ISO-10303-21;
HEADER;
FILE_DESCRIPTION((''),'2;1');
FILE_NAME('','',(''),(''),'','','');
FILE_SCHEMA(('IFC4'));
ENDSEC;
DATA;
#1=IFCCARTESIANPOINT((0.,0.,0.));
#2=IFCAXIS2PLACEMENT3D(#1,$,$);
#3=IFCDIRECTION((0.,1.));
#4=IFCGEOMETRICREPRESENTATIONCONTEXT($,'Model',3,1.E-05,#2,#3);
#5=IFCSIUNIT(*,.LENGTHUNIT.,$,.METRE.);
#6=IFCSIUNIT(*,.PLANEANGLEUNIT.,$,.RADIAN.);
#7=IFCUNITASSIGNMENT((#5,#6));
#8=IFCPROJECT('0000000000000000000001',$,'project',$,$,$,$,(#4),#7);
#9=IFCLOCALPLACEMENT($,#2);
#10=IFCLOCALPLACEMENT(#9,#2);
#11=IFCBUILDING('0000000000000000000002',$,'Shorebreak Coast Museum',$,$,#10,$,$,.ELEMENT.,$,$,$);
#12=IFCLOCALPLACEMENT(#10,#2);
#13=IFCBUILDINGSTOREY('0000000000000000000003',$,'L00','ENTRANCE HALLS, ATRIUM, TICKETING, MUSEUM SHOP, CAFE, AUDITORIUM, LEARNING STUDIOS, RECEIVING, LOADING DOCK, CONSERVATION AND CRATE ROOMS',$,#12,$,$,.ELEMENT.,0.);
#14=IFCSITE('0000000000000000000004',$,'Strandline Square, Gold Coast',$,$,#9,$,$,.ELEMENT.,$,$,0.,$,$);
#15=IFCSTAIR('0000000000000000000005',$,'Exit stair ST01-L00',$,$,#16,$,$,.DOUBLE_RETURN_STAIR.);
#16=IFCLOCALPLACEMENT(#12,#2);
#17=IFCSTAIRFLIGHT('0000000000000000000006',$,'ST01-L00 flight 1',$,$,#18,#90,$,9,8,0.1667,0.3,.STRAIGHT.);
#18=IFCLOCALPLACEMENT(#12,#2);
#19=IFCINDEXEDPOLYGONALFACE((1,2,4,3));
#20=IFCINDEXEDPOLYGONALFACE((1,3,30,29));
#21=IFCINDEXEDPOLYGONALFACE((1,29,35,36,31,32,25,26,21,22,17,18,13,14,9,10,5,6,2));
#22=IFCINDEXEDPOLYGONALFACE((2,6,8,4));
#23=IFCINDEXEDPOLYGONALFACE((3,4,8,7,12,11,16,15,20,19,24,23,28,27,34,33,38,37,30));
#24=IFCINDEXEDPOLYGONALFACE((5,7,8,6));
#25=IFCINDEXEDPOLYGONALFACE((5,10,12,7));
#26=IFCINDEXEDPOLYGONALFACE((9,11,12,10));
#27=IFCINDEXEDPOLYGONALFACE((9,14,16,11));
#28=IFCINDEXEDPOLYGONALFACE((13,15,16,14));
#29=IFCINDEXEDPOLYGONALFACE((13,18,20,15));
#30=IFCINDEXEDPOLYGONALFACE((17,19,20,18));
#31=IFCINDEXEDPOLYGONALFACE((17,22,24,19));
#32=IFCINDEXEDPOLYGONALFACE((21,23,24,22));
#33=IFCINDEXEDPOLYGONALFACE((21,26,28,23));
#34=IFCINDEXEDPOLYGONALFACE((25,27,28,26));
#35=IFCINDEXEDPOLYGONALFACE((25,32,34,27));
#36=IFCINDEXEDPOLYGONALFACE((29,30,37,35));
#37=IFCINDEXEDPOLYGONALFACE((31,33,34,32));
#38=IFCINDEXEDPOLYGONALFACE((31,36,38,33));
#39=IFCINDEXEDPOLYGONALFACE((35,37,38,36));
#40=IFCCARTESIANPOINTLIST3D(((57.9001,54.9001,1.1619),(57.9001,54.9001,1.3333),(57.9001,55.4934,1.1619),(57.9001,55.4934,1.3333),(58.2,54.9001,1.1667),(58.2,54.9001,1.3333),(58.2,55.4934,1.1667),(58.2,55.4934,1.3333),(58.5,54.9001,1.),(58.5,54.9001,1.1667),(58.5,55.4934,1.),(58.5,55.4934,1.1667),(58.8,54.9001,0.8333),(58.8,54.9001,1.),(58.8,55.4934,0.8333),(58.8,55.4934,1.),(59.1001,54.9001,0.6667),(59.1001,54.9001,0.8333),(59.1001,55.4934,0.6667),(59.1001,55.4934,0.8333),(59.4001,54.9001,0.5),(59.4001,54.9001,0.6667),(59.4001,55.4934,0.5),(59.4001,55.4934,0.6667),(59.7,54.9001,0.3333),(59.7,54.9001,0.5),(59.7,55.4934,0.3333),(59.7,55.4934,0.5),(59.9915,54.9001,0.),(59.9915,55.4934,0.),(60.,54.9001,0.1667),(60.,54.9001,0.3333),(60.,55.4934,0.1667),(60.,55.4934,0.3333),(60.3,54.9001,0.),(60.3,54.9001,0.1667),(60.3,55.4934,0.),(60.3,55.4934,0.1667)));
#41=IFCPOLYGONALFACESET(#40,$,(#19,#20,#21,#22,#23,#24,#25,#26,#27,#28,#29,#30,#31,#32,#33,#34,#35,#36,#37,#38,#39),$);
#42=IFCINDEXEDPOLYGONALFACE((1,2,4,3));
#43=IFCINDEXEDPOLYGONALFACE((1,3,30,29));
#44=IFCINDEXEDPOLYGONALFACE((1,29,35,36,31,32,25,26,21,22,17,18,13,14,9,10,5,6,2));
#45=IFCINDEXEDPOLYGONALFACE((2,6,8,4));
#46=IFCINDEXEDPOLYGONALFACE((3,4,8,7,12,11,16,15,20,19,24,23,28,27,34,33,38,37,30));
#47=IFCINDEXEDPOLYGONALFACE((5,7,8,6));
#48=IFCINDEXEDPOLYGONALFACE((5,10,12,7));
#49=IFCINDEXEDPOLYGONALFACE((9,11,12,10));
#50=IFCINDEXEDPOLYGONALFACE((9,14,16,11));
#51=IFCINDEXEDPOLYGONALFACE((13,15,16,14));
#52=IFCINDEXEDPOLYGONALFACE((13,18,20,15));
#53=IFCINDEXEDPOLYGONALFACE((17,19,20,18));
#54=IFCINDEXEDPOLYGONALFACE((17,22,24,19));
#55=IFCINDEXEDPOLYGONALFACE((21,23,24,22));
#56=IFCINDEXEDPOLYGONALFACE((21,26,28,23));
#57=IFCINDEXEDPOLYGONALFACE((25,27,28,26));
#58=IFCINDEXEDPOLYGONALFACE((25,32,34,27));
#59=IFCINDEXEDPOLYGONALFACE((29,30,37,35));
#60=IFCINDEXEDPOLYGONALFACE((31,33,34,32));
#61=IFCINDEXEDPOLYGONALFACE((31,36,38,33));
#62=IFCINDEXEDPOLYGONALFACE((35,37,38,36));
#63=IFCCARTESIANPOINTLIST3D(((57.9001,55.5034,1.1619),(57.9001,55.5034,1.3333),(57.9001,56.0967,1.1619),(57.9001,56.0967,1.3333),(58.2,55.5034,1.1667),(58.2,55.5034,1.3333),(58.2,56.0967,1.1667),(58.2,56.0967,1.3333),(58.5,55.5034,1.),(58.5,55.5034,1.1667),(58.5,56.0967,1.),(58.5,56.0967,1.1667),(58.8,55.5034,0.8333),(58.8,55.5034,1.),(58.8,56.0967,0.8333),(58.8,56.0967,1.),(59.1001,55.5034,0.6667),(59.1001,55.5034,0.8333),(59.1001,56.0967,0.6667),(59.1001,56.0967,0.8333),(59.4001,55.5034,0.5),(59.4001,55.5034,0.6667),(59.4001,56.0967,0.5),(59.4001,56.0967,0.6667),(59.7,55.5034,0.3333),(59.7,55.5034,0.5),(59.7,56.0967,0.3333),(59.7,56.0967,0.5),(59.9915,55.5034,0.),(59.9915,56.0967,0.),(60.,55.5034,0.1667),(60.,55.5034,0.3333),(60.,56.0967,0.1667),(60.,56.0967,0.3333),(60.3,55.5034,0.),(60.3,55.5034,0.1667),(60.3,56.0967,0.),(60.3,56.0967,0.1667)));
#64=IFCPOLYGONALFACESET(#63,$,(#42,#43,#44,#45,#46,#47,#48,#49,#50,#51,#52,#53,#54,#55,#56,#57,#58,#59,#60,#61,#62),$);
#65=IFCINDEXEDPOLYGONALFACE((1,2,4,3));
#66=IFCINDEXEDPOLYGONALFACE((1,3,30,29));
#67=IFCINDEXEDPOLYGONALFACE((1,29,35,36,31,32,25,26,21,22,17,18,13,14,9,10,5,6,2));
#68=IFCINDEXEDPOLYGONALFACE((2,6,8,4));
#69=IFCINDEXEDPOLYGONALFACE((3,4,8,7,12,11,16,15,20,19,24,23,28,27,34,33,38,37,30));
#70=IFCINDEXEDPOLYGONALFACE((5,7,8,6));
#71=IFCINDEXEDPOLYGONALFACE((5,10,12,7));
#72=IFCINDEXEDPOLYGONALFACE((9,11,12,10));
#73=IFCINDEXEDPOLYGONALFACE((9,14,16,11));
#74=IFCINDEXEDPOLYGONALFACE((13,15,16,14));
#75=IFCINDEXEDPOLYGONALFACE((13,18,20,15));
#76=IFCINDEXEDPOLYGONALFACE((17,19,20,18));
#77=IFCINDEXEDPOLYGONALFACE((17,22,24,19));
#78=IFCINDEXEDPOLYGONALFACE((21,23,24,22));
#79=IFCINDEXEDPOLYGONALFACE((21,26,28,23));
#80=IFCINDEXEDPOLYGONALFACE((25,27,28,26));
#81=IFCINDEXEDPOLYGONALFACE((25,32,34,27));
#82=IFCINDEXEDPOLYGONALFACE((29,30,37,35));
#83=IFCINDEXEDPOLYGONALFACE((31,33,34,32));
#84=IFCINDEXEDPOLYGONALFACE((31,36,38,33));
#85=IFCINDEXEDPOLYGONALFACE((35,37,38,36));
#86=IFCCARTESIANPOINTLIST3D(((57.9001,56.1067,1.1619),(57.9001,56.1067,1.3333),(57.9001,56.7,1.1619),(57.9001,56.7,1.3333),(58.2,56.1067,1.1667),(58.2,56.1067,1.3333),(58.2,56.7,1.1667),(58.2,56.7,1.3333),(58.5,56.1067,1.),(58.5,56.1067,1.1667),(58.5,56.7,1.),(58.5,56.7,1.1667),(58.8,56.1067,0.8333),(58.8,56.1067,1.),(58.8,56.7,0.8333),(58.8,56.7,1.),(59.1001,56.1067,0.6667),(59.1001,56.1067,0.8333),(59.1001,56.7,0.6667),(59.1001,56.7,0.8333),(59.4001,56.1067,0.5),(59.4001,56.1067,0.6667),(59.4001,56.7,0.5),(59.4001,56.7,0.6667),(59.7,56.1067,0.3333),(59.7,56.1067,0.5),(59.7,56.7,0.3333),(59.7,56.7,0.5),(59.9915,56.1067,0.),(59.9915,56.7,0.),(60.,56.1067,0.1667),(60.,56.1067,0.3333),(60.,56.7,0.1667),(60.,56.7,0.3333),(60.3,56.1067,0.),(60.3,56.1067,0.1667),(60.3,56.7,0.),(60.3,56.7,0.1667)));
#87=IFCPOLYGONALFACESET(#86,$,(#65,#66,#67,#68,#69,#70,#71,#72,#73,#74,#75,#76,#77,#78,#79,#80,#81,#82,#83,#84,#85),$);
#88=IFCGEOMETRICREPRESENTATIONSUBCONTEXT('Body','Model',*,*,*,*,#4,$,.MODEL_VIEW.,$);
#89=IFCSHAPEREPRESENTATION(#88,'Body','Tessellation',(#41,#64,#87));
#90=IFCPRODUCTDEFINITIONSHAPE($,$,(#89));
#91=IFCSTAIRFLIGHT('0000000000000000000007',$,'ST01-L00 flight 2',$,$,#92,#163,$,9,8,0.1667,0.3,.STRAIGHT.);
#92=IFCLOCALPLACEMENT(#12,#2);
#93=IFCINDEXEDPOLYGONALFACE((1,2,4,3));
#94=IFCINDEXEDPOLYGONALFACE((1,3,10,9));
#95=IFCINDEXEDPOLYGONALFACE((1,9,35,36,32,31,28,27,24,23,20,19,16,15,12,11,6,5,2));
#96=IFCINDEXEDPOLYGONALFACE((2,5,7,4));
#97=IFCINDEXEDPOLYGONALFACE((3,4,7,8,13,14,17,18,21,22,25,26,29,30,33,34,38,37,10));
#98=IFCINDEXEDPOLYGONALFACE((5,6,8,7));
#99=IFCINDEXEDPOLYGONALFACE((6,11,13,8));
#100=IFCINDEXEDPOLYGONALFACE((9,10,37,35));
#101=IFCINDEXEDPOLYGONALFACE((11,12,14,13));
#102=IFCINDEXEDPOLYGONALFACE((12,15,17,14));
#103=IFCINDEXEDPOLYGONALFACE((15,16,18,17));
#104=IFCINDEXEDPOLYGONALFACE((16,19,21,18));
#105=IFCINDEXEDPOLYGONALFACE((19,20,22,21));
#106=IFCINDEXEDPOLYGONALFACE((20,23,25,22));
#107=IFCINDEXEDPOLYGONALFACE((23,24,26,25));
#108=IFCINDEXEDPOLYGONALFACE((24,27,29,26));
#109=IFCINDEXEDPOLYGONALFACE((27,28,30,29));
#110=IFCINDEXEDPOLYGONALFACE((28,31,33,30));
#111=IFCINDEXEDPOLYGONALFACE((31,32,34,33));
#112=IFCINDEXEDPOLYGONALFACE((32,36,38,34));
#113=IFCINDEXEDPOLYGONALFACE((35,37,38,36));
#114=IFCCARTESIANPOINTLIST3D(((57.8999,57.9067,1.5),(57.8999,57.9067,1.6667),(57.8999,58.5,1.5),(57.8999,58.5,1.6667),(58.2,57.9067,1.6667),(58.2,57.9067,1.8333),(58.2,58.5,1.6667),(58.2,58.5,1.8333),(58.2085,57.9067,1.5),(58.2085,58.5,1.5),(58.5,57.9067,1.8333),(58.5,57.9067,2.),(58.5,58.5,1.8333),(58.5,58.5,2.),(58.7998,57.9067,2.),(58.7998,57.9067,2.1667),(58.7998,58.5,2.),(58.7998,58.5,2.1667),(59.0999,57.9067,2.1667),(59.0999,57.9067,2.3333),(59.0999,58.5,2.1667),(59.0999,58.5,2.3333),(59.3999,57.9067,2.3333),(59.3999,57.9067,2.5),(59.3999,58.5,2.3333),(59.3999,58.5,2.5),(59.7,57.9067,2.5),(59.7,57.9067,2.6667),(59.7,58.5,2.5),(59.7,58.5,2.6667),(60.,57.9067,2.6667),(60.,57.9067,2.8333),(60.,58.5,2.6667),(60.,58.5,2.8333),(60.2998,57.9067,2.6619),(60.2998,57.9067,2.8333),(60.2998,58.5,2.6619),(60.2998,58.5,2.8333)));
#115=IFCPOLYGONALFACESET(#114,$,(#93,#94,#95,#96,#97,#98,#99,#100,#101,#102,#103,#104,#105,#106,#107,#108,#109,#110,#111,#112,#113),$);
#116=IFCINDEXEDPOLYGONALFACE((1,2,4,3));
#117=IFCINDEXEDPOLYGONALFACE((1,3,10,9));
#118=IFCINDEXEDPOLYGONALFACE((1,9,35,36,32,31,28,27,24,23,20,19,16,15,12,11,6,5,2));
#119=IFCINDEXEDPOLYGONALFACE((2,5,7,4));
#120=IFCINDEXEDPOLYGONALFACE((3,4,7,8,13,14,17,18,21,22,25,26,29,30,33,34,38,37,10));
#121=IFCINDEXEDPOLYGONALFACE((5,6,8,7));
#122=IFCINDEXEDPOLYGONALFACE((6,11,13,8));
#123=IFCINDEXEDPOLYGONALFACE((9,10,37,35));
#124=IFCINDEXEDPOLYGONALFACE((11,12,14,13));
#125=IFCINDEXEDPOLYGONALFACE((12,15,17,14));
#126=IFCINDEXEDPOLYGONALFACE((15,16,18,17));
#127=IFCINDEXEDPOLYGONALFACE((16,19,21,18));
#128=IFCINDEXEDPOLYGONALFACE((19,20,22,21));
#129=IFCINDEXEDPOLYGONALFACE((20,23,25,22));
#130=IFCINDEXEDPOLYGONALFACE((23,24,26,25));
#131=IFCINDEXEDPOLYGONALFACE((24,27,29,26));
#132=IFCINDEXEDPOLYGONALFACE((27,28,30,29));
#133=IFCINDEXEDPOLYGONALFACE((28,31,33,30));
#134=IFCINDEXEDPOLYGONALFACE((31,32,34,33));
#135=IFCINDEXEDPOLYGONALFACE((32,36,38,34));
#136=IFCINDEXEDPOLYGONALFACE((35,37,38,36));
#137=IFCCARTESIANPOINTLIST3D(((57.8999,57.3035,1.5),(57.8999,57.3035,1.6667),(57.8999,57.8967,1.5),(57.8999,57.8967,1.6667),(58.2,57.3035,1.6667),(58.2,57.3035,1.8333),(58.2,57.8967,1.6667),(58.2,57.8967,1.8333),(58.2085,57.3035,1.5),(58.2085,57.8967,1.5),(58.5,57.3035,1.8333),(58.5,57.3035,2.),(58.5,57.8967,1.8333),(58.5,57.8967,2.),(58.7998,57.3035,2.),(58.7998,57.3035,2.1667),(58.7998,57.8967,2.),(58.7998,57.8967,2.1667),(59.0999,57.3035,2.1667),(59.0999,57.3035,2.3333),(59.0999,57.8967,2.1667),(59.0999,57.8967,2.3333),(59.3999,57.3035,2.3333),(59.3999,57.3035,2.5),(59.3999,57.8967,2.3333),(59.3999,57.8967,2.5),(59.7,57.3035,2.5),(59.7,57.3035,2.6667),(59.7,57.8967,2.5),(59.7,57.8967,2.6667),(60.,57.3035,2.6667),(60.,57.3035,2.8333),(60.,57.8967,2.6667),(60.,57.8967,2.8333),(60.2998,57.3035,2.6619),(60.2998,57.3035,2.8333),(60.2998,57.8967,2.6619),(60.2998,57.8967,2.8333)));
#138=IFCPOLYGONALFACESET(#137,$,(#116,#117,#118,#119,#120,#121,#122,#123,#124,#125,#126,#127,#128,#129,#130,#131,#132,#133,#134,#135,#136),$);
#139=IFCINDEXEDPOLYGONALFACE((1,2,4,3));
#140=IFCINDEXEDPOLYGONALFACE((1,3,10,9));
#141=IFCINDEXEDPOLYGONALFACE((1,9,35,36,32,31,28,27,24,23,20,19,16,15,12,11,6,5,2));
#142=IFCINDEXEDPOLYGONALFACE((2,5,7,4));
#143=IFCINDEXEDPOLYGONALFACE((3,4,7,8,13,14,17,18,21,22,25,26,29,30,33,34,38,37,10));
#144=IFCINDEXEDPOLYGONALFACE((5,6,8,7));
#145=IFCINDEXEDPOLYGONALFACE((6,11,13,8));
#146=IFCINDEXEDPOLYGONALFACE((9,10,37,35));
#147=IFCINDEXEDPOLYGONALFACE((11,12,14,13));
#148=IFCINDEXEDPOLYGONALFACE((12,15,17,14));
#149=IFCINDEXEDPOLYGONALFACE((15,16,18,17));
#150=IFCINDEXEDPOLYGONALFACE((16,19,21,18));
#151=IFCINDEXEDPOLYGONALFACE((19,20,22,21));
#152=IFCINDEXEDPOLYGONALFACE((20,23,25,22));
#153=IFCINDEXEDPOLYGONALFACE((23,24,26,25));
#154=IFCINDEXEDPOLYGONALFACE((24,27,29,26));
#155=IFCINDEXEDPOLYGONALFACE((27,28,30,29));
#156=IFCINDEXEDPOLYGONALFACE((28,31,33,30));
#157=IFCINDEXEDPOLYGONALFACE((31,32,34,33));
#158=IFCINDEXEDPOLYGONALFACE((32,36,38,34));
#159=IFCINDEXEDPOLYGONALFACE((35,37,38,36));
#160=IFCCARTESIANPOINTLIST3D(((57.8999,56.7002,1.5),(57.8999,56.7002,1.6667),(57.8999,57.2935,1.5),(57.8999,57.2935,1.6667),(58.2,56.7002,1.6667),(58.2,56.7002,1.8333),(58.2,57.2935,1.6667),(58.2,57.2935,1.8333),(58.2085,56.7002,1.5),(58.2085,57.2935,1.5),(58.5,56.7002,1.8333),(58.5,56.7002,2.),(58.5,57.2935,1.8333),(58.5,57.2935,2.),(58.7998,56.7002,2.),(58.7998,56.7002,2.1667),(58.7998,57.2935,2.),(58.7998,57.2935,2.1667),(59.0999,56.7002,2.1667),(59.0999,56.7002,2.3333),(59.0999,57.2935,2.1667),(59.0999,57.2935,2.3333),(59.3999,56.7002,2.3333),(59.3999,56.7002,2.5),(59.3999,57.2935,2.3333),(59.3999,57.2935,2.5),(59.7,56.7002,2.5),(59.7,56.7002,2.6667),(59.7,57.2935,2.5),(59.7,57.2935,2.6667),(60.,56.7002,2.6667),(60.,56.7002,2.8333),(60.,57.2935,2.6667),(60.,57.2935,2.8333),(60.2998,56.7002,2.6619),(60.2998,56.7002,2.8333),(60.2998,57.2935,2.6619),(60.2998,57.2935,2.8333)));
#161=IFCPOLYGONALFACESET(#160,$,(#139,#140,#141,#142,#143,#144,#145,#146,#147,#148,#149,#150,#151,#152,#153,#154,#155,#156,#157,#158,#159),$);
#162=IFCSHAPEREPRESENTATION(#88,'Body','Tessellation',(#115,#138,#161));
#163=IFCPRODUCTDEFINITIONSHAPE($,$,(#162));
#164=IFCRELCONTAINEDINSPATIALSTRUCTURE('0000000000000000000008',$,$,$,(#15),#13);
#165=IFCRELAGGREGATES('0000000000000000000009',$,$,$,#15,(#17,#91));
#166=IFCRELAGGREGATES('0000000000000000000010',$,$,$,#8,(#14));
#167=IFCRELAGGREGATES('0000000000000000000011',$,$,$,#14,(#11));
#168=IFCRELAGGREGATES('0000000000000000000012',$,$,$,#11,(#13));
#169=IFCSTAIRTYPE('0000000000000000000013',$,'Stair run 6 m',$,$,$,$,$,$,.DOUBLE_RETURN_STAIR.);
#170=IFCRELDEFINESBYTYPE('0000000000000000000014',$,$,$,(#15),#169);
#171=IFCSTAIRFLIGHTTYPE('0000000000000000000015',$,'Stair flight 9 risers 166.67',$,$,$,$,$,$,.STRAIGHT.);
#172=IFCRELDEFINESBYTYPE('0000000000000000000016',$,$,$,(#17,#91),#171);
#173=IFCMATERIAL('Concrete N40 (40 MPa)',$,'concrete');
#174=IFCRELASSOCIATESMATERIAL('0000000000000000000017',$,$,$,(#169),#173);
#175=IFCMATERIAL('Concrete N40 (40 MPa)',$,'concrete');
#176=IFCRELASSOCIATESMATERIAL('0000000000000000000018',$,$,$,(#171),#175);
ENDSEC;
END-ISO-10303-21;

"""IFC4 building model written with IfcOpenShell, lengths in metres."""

from ifc_helpers import new_model, si_unit, direction, frame, origin, place, context, subcontext, project, spatial, polyline, outline, extrude, material, type_object, element, aggregate, save


model = new_model("IFC4")

# Units and contexts
model_context = context("Model", 3, precision=1e-05, world=origin(), true_north=direction((0.0, 1.0)))
body_context = subcontext(model_context, "Body", "Model", "MODEL_VIEW")
ifc_project = project(units=[si_unit("LENGTHUNIT", "METRE"), si_unit("PLANEANGLEUNIT", "RADIAN")], contexts=[model_context])

# Site, building, storey
site_placement = place(None, origin())
site = spatial("IfcSite", under=ifc_project, at=site_placement, Name="Strandline Square, Gold Coast", CompositionType="ELEMENT", RefElevation=0.0)
building_placement = place(site_placement, origin())
building = spatial("IfcBuilding", under=site, at=building_placement, Name="Shorebreak Coast Museum", CompositionType="ELEMENT")
storey_placement = place(building_placement, origin())
storey = spatial("IfcBuildingStorey", under=building, at=storey_placement, Name="L00", Description="ENTRANCE HALLS, ATRIUM, TICKETING, MUSEUM SHOP, CAFE, AUDITORIUM, LEARNING STUDIOS, RECEIVING, LOADING DOCK, CONSERVATION AND CRATE ROOMS", CompositionType="ELEMENT", Elevation=0.0)

# Stair, stair flights
ifc_material_1 = material(Name="Concrete N40 (40 MPa)", Category="concrete")
stair_type = type_object("IfcStairType", Name="Stair run 6 m", PredefinedType="DOUBLE_RETURN_STAIR", material=ifc_material_1)
stair_placement = place(storey_placement, origin())
stair = element("IfcStair", 1, at=stair_placement, inside=storey, type_object=stair_type, Name="Exit stair ST01-L00", PredefinedType="DOUBLE_RETURN_STAIR")
ifc_material_2 = material(Name="Concrete N40 (40 MPa)", Category="concrete")
stair_flight_type = type_object("IfcStairFlightType", Name="Stair flight 9 risers 166.67", PredefinedType="STRAIGHT", material=ifc_material_2)
stair_flight_1_placement = place(storey_placement, frame((60.3, 55.8, 0.0), z_axis=(0.0, 0.0, 1.0), x_axis=(-1.0, 0.0, 0.0)))
stair_flight_1 = element("IfcStairFlight", 2, at=stair_flight_1_placement, type_object=stair_flight_type, Name="ST01-L00 flight 1", NumberOfRisers=9, NumberOfTreads=8, PredefinedType="STRAIGHT", RiserHeight=0.1667, TreadLength=0.3, context=body_context, shape_type="SweptSolid", body=[
    extrude(outline(polyline([(0.0, 0.0), (0.0, 0.1667), (0.3, 0.1667), (0.3, 0.3333), (0.6001, 0.3333), (0.6001, 0.5), (0.8999, 0.5), (0.8999, 0.6667), (1.2, 0.6667), (1.2, 0.8333), (1.5, 0.8333), (1.5, 1.0), (1.8, 1.0), (1.8, 1.1667), (2.1001, 1.1667), (2.1001, 1.3333), (2.3999, 1.3333), (2.3999, 1.5), (2.3999, 1.1619), (0.3086, 0.0), (0.0, 0.0)])), frame((0.0, 0.8999, 0.0), z_axis=(0.0, -1.0, 0.0), x_axis=(1.0, 0.0, 0.0)), (0.0, 0.0, 1.0), 0.5933),
    extrude(outline(polyline([(0.0, 0.0), (0.0, 0.1667), (0.3, 0.1667), (0.3, 0.3333), (0.6001, 0.3333), (0.6001, 0.5), (0.8999, 0.5), (0.8999, 0.6667), (1.2, 0.6667), (1.2, 0.8333), (1.5, 0.8333), (1.5, 1.0), (1.8, 1.0), (1.8, 1.1667), (2.1001, 1.1667), (2.1001, 1.3333), (2.3999, 1.3333), (2.3999, 1.5), (2.3999, 1.1619), (0.3086, 0.0), (0.0, 0.0)])), frame((0.0, 0.2966, 0.0), z_axis=(0.0, -1.0, 0.0), x_axis=(1.0, 0.0, 0.0)), (0.0, 0.0, 1.0), 0.5933),
    extrude(outline(polyline([(0.0, 0.0), (0.0, 0.1667), (0.3, 0.1667), (0.3, 0.3333), (0.6001, 0.3333), (0.6001, 0.5), (0.8999, 0.5), (0.8999, 0.6667), (1.2, 0.6667), (1.2, 0.8333), (1.5, 0.8333), (1.5, 1.0), (1.8, 1.0), (1.8, 1.1667), (2.1001, 1.1667), (2.1001, 1.3333), (2.3999, 1.3333), (2.3999, 1.5), (2.3999, 1.1619), (0.3086, 0.0), (0.0, 0.0)])), frame((0.0, -0.3066, 0.0), z_axis=(0.0, -1.0, 0.0), x_axis=(1.0, 0.0, 0.0)), (0.0, 0.0, 1.0), 0.5933),
])
stair_flight_2_placement = place(storey_placement, frame((57.8999, 57.6001, 1.5), z_axis=(0.0, 0.0, 1.0), x_axis=(1.0, 0.0, 0.0)))
stair_flight_2 = element("IfcStairFlight", 3, at=stair_flight_2_placement, type_object=stair_flight_type, Name="ST01-L00 flight 2", NumberOfRisers=9, NumberOfTreads=8, PredefinedType="STRAIGHT", RiserHeight=0.1667, TreadLength=0.3, context=body_context, shape_type="SweptSolid", body=[
    extrude(outline(polyline([(0.0, 0.0), (0.0, 0.1667), (0.3, 0.1667), (0.3, 0.3333), (0.6001, 0.3333), (0.6001, 0.5), (0.8999, 0.5), (0.8999, 0.6667), (1.2, 0.6667), (1.2, 0.8333), (1.5, 0.8333), (1.5, 1.0), (1.8, 1.0), (1.8, 1.1667), (2.1001, 1.1667), (2.1001, 1.3333), (2.3999, 1.3333), (2.3999, 1.5), (2.3999, 1.1619), (0.3086, 0.0), (0.0, 0.0)])), frame((0.0, 0.8999, 0.0), z_axis=(0.0, -1.0, 0.0), x_axis=(1.0, 0.0, 0.0)), (0.0, 0.0, 1.0), 0.5933),
    extrude(outline(polyline([(0.0, 0.0), (0.0, 0.1667), (0.3, 0.1667), (0.3, 0.3333), (0.6001, 0.3333), (0.6001, 0.5), (0.8999, 0.5), (0.8999, 0.6667), (1.2, 0.6667), (1.2, 0.8333), (1.5, 0.8333), (1.5, 1.0), (1.8, 1.0), (1.8, 1.1667), (2.1001, 1.1667), (2.1001, 1.3333), (2.3999, 1.3333), (2.3999, 1.5), (2.3999, 1.1619), (0.3086, 0.0), (0.0, 0.0)])), frame((0.0, 0.2966, 0.0), z_axis=(0.0, -1.0, 0.0), x_axis=(1.0, 0.0, 0.0)), (0.0, 0.0, 1.0), 0.5933),
    extrude(outline(polyline([(0.0, 0.0), (0.0, 0.1667), (0.3, 0.1667), (0.3, 0.3333), (0.6001, 0.3333), (0.6001, 0.5), (0.8999, 0.5), (0.8999, 0.6667), (1.2, 0.6667), (1.2, 0.8333), (1.5, 0.8333), (1.5, 1.0), (1.8, 1.0), (1.8, 1.1667), (2.1001, 1.1667), (2.1001, 1.3333), (2.3999, 1.3333), (2.3999, 1.5), (2.3999, 1.1619), (0.3086, 0.0), (0.0, 0.0)])), frame((0.0, -0.3066, 0.0), z_axis=(0.0, -1.0, 0.0), x_axis=(1.0, 0.0, 0.0)), (0.0, 0.0, 1.0), 0.5933),
])
aggregate(stair, [stair_flight_1, stair_flight_2])

save(model, "model.ifc")
